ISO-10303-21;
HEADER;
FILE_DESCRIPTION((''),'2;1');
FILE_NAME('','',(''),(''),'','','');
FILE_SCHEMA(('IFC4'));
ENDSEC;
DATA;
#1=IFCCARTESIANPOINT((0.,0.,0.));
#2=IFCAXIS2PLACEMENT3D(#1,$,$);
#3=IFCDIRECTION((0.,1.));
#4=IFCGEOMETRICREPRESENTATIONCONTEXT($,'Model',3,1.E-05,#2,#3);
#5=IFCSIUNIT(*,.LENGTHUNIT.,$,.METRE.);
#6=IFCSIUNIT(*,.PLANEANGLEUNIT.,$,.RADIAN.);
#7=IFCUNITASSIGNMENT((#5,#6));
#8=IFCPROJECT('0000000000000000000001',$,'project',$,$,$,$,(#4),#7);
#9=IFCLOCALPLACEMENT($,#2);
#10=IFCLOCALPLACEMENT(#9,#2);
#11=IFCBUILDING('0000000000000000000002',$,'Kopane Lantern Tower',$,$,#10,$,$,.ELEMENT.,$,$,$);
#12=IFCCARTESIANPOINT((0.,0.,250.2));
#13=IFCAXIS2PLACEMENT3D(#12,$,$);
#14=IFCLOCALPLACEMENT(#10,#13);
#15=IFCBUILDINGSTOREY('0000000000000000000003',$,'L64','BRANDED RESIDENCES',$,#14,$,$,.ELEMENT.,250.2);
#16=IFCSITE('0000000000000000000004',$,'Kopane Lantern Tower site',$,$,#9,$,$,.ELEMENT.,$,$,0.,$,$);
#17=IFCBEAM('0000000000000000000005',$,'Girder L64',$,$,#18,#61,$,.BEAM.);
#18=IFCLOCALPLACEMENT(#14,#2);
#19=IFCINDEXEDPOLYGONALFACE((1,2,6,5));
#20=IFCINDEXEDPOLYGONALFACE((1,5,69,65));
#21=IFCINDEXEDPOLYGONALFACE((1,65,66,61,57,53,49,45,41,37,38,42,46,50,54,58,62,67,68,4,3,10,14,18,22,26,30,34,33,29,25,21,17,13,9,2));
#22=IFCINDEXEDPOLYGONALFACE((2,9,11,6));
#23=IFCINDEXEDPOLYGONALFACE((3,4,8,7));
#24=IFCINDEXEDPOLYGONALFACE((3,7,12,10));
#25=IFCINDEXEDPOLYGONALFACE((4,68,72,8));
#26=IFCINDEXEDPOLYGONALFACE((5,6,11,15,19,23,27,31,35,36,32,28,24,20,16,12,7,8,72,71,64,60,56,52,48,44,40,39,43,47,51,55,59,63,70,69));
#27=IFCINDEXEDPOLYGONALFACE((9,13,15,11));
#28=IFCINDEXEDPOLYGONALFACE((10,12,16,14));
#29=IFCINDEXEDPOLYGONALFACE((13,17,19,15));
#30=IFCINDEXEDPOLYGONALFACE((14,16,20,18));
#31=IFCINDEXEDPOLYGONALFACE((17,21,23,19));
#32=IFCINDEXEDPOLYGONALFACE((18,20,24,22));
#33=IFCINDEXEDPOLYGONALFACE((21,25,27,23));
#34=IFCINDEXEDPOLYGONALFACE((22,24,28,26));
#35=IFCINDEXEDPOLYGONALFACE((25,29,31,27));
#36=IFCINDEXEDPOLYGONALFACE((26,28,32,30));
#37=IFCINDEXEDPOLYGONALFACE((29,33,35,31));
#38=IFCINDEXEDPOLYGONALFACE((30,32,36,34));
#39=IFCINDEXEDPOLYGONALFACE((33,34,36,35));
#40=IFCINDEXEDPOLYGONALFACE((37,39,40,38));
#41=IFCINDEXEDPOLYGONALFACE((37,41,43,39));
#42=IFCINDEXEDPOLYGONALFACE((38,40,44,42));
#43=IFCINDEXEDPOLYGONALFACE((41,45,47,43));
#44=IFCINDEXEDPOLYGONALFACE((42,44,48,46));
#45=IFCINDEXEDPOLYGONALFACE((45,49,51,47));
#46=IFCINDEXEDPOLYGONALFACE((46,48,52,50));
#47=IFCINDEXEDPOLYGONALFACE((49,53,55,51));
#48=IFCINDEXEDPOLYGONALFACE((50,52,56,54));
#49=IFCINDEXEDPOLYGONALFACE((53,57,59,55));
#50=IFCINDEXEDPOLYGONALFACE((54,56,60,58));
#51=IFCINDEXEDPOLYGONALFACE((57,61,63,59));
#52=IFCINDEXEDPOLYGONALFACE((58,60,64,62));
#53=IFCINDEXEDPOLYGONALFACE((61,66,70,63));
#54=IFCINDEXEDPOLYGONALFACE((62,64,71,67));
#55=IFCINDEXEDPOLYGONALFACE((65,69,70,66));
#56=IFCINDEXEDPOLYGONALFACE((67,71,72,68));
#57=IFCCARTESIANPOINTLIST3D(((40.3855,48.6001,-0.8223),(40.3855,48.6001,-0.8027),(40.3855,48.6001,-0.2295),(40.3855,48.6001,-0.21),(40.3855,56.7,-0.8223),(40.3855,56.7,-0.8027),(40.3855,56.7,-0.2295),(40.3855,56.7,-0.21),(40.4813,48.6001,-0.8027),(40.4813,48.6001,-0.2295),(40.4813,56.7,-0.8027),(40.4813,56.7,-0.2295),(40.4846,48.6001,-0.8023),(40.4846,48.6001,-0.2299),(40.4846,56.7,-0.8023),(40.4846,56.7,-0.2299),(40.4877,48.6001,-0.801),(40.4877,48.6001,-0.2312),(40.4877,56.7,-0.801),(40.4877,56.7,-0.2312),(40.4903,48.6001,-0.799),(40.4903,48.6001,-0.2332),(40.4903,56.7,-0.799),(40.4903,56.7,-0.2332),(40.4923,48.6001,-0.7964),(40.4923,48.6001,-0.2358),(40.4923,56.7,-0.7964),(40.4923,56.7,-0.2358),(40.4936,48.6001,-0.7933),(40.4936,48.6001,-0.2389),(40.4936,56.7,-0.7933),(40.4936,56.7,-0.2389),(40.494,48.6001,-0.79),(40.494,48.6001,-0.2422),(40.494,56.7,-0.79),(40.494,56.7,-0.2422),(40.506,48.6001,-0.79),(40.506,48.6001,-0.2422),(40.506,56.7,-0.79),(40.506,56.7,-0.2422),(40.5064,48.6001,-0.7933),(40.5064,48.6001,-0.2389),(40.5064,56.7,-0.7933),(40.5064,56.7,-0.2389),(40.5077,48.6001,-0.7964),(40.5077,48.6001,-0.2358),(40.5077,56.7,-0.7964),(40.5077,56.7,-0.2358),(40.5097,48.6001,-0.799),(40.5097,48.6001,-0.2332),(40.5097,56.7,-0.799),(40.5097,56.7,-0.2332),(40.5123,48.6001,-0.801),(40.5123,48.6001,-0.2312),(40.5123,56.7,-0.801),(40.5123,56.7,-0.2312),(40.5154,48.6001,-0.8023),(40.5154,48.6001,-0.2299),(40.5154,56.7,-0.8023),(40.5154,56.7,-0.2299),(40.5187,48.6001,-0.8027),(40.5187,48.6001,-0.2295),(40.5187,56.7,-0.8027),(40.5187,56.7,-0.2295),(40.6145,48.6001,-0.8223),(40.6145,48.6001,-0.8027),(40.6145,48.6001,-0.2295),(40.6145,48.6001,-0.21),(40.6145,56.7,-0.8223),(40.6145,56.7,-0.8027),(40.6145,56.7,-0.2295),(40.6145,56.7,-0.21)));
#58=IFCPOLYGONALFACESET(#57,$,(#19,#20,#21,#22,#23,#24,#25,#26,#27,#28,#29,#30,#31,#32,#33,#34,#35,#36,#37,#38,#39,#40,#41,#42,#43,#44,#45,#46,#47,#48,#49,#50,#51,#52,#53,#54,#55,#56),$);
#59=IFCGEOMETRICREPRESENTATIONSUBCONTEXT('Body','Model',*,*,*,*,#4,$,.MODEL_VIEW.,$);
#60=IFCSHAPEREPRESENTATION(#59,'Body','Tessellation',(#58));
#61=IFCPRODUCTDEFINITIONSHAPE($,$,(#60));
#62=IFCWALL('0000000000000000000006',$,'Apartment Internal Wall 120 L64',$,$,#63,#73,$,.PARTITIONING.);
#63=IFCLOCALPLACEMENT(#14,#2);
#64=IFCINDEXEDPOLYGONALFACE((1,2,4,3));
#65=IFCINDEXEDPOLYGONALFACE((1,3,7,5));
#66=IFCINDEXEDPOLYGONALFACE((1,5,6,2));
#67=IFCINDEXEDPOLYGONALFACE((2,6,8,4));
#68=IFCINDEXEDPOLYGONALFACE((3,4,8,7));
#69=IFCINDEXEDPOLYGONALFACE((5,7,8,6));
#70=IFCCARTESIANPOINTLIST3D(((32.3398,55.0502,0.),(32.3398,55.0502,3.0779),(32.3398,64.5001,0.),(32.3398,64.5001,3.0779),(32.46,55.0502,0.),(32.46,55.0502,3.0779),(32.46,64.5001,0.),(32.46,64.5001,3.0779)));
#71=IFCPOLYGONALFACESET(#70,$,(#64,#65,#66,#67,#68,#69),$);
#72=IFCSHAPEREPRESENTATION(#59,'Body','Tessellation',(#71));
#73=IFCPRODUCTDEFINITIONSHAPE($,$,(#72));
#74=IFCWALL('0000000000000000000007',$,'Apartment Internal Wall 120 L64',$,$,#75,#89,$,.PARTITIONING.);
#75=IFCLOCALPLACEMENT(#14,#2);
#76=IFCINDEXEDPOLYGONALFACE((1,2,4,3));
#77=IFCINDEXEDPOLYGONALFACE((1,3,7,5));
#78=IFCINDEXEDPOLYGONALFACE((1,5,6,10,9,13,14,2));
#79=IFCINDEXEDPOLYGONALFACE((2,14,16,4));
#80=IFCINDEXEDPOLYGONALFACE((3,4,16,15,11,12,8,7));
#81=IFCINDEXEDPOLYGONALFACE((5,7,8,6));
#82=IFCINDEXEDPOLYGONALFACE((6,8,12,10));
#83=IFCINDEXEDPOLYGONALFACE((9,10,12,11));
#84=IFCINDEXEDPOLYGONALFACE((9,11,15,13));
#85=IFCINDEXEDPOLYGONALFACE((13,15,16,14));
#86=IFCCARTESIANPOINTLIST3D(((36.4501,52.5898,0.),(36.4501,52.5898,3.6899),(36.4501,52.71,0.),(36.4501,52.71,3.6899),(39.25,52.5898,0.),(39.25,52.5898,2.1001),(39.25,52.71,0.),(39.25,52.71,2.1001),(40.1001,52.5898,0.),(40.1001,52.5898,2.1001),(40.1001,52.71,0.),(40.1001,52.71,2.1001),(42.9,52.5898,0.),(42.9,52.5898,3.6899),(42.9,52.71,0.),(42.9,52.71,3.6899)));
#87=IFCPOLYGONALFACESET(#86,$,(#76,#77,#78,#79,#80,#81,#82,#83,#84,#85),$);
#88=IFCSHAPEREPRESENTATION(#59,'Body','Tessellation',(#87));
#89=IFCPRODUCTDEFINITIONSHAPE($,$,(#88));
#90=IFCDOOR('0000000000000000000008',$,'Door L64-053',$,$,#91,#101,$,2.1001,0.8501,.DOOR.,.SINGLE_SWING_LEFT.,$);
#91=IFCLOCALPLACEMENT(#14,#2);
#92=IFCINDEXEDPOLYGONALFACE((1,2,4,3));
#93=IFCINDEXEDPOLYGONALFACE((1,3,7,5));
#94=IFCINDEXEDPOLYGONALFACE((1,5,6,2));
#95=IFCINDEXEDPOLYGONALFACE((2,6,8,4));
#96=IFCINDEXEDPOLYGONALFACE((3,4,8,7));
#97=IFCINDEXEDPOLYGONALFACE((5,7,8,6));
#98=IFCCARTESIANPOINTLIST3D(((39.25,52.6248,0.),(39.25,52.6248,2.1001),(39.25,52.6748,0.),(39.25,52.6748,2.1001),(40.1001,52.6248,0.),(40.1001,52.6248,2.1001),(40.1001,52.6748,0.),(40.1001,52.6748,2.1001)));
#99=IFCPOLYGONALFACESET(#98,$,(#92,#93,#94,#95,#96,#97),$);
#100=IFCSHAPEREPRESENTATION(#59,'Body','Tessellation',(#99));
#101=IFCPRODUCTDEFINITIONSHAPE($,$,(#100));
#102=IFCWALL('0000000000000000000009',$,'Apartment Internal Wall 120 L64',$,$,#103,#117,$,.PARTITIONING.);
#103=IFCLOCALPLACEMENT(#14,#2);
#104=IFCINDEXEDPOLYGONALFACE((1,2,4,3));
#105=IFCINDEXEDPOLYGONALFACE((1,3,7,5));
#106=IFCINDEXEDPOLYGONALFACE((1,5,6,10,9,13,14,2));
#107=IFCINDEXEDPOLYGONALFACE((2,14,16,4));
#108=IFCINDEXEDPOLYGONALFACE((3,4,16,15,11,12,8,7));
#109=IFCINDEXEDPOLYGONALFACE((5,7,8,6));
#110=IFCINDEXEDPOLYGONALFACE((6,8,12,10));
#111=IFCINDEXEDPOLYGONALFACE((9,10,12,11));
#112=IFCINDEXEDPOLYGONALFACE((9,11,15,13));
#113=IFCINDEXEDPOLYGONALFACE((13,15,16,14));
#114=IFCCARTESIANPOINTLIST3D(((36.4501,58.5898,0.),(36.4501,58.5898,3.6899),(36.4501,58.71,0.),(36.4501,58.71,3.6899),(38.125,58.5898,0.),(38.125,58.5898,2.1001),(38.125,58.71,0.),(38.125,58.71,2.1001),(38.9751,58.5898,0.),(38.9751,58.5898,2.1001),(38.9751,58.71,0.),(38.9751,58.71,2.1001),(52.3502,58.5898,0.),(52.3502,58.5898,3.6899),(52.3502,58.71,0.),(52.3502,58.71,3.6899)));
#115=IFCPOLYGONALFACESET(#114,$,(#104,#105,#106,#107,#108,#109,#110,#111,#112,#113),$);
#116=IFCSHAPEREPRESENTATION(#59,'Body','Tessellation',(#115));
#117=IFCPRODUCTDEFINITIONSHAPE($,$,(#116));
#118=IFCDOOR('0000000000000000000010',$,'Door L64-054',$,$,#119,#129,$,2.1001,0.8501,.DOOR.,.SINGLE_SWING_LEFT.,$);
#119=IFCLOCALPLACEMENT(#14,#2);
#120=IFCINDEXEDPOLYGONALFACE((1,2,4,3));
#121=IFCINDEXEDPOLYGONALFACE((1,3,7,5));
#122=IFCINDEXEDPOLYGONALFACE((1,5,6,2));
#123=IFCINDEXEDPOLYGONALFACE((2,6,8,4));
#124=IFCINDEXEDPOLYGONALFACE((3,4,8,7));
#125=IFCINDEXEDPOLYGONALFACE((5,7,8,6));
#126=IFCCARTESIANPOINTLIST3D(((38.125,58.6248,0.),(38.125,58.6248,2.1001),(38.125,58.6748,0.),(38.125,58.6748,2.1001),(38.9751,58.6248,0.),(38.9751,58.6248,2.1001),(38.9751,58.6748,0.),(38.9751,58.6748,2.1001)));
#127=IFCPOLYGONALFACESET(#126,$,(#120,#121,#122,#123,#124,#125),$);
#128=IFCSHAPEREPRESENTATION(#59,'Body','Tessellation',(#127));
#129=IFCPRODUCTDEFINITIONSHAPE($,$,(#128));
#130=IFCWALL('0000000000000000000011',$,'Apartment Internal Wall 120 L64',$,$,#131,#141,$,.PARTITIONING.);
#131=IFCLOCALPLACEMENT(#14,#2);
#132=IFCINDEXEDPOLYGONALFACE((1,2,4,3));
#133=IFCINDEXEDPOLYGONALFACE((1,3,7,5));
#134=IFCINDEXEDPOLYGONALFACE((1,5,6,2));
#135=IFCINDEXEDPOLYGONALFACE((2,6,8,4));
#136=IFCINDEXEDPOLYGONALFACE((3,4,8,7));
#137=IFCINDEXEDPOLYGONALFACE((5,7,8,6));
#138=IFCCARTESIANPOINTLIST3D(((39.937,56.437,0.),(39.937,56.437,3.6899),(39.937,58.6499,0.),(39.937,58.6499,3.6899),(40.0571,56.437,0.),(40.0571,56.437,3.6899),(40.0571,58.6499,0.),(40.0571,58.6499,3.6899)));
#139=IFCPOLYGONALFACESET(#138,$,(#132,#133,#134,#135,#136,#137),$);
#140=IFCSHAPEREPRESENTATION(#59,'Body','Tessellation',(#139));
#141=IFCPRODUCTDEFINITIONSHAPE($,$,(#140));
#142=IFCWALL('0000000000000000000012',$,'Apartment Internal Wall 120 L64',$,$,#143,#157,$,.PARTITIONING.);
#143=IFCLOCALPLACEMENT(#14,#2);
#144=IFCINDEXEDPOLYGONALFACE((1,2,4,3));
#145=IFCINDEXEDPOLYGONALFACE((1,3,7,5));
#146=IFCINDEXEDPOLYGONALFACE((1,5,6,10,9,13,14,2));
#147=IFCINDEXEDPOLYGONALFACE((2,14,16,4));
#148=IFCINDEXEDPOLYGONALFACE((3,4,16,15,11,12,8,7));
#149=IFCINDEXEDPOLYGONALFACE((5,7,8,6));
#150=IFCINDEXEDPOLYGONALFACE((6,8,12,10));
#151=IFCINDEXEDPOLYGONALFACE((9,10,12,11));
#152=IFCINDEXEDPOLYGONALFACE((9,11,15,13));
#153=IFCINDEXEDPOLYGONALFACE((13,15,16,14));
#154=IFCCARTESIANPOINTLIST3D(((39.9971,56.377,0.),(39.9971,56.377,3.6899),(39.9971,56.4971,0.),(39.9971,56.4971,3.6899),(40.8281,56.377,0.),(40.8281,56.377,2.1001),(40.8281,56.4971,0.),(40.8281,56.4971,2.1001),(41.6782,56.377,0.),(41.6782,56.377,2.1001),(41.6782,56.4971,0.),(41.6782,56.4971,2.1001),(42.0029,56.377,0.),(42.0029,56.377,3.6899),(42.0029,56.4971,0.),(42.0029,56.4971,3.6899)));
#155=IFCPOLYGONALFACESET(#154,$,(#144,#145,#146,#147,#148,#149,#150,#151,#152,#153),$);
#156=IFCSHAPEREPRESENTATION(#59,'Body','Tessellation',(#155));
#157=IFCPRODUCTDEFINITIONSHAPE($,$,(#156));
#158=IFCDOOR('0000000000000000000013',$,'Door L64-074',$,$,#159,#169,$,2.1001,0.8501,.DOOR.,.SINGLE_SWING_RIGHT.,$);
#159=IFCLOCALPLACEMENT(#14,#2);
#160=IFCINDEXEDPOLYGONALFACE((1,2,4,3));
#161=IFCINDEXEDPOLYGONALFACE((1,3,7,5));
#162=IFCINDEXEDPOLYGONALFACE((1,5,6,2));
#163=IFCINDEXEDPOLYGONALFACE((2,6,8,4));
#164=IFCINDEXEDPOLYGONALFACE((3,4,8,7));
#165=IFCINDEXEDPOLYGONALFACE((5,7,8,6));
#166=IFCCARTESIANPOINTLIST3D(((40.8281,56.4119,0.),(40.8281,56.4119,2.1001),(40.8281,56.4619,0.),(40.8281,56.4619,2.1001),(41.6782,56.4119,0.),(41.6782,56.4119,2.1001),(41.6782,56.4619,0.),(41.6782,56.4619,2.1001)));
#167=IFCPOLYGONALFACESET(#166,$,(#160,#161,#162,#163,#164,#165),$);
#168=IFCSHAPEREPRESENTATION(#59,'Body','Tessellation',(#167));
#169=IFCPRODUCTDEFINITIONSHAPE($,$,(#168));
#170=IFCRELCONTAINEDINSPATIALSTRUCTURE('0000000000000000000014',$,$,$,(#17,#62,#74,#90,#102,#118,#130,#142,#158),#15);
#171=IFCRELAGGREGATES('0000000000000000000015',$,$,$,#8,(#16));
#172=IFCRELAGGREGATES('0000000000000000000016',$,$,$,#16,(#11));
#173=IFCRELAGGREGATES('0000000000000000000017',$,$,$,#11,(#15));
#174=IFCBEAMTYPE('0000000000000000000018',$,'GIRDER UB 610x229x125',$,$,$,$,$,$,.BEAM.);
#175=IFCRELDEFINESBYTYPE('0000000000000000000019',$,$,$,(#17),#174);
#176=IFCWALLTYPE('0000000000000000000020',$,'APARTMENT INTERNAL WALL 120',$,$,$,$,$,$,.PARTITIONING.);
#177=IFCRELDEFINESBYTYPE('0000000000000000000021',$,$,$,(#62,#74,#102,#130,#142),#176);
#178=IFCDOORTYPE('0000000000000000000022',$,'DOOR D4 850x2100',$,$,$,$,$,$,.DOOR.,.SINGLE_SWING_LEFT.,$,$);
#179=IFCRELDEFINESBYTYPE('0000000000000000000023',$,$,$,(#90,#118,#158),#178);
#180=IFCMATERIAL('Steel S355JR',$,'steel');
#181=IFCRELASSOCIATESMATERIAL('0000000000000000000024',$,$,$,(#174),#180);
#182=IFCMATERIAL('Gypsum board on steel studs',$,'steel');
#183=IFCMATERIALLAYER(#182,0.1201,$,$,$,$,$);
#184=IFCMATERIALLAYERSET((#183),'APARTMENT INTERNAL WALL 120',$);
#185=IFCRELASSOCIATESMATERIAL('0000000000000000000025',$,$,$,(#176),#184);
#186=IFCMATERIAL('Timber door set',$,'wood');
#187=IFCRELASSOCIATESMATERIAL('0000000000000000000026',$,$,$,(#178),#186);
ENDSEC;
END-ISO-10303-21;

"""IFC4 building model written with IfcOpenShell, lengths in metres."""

from ifc_helpers import new_model, si_unit, direction, frame, frame_2d, origin, origin_2d, place, context, subcontext, project, spatial, rectangle, i_section, extrude, material, layer, layer_set, material_profile, profile_set, type_object, element, fill, save


model = new_model("IFC4")

# Units and contexts
model_context = context("Model", 3, precision=1e-05, world=origin(), true_north=direction((0.0, 1.0)))
body_context = subcontext(model_context, "Body", "Model", "MODEL_VIEW")
ifc_project = project(units=[si_unit("LENGTHUNIT", "METRE"), si_unit("PLANEANGLEUNIT", "RADIAN")], contexts=[model_context])

# Site, building, storey
site_placement = place(None, origin())
site = spatial("IfcSite", under=ifc_project, at=site_placement, Name="Kopane Lantern Tower site", CompositionType="ELEMENT", RefElevation=0.0)
building_placement = place(site_placement, origin())
building = spatial("IfcBuilding", under=site, at=building_placement, Name="Kopane Lantern Tower", CompositionType="ELEMENT")
storey_placement = place(building_placement, frame((0.0, 0.0, 250.2)))
storey = spatial("IfcBuildingStorey", under=building, at=storey_placement, Name="L64", Description="BRANDED RESIDENCES", CompositionType="ELEMENT", Elevation=250.2)

# Beam
ifc_material_1 = material(Name="Steel S355JR", Category="steel")
ifc_material_profile_1 = material_profile(ifc_material_1, i_section(OverallWidth=0.229, OverallDepth=0.6123, WebThickness=0.012, FlangeThickness=0.0195, FilletRadius=0.0127, at=origin_2d()), Name="UB 610x229x125")
ifc_profile_set_1 = profile_set([ifc_material_profile_1], Name="Steel S355JR")
beam_type = type_object("IfcBeamType", Name="GIRDER UB 610x229x125", PredefinedType="BEAM", material=ifc_profile_set_1)
beam_1_placement = place(storey_placement, frame((40.5, 48.6001, -0.5161), z_axis=(0.0, 1.0, 0.0), x_axis=(-1.0, 0.0, 0.0)))
element("IfcBeam", 1, at=beam_1_placement, inside=storey, type_object=beam_type, Name="Girder L64", PredefinedType="BEAM", context=body_context, shape_type="SweptSolid", body=[
    extrude(i_section(OverallWidth=0.229, OverallDepth=0.6123, WebThickness=0.012, FlangeThickness=0.0195, FilletRadius=0.0127, at=origin_2d()), origin(), (0.0, 0.0, 1.0), 8.0999),
])

# Wall
ifc_material_2 = material(Name="Gypsum board on steel studs", Category="steel")
ifc_layer_1 = layer(ifc_material_2, 0.1201)
ifc_layer_set_1 = layer_set([ifc_layer_1], Name="APARTMENT INTERNAL WALL 120")
wall_type_1 = type_object("IfcWallType", Name="APARTMENT INTERNAL WALL 120", PredefinedType="PARTITIONING", material=ifc_layer_set_1)
wall_1_placement = place(storey_placement, frame((32.3999, 55.05, 0.0), z_axis=(0.0, 0.0, 1.0), x_axis=(0.0, 1.0, 0.0)))
element("IfcWall", 2, at=wall_1_placement, inside=storey, type_object=wall_type_1, Name="Apartment Internal Wall 120 L64", PredefinedType="PARTITIONING", context=body_context, shape_type="SweptSolid", body=[
    extrude(rectangle(XDim=9.45, YDim=0.1201, at=frame_2d((4.7251, 0.0))), origin(), (0.0, 0.0, 1.0), 3.0779),
])

# Walls, openings, doors
wall_2_placement = place(storey_placement, frame((36.45, 52.6499, 0.0), z_axis=(0.0, 0.0, 1.0), x_axis=(1.0, 0.0, 0.0)))
wall_2 = element("IfcWall", 3, at=wall_2_placement, inside=storey, type_object=wall_type_1, Name="Apartment Internal Wall 120 L64", PredefinedType="PARTITIONING", context=body_context, shape_type="SweptSolid", body=[
    extrude(rectangle(XDim=6.45, YDim=0.1201, at=frame_2d((3.2251, 0.0))), origin(), (0.0, 0.0, 1.0), 3.6899),
])
opening_1_placement = place(wall_2_placement, frame((2.8, 0.0, 0.0)))
opening_1 = element("IfcOpeningElement", 4, at=opening_1_placement, cuts=wall_2, PredefinedType="OPENING", context=body_context, shape_type="SweptSolid", body=[
    extrude(rectangle(XDim=0.8501, YDim=2.1001, at=frame_2d((0.425, 1.05))), frame((0.0, 0.0701, 0.0), z_axis=(0.0, -1.0, 0.0), x_axis=(1.0, 0.0, 0.0)), (0.0, 0.0, 1.0), 0.1401),
])
ifc_material_3 = material(Name="Timber door set", Category="wood")
door_type_1 = type_object("IfcDoorType", Name="DOOR D4 850x2100", OperationType="SINGLE_SWING_LEFT", PredefinedType="DOOR", material=ifc_material_3)
door_1_placement = place(opening_1_placement, origin())
door_1 = element("IfcDoor", 5, at=door_1_placement, inside=storey, type_object=door_type_1, Name="Door L64-053", OperationType="SINGLE_SWING_LEFT", OverallHeight=2.1001, OverallWidth=0.8501, PredefinedType="DOOR", context=body_context, shape_type="SweptSolid", body=[
    extrude(rectangle(XDim=0.8501, YDim=2.1001, at=frame_2d((0.425, 1.05))), frame((0.0, 0.0249, 0.0), z_axis=(0.0, -1.0, 0.0), x_axis=(1.0, 0.0, 0.0)), (0.0, 0.0, 1.0), 0.05),
])
fill(opening_1, door_1)
wall_3_placement = place(storey_placement, frame((36.45, 58.6499, 0.0), z_axis=(0.0, 0.0, 1.0), x_axis=(1.0, 0.0, 0.0)))
wall_3 = element("IfcWall", 6, at=wall_3_placement, inside=storey, type_object=wall_type_1, Name="Apartment Internal Wall 120 L64", PredefinedType="PARTITIONING", context=body_context, shape_type="SweptSolid", body=[
    extrude(rectangle(XDim=15.9001, YDim=0.1201, at=frame_2d((7.9502, 0.0))), origin(), (0.0, 0.0, 1.0), 3.6899),
])
opening_2_placement = place(wall_3_placement, frame((1.675, 0.0, 0.0)))
opening_2 = element("IfcOpeningElement", 7, at=opening_2_placement, cuts=wall_3, PredefinedType="OPENING", context=body_context, shape_type="SweptSolid", body=[
    extrude(rectangle(XDim=0.8501, YDim=2.1001, at=frame_2d((0.425, 1.05))), frame((0.0, 0.0701, 0.0), z_axis=(0.0, -1.0, 0.0), x_axis=(1.0, 0.0, 0.0)), (0.0, 0.0, 1.0), 0.1401),
])
door_2_placement = place(opening_2_placement, origin())
door_2 = element("IfcDoor", 8, at=door_2_placement, inside=storey, type_object=door_type_1, Name="Door L64-054", OperationType="SINGLE_SWING_LEFT", OverallHeight=2.1001, OverallWidth=0.8501, PredefinedType="DOOR", context=body_context, shape_type="SweptSolid", body=[
    extrude(rectangle(XDim=0.8501, YDim=2.1001, at=frame_2d((0.425, 1.05))), frame((0.0, 0.0249, 0.0), z_axis=(0.0, -1.0, 0.0), x_axis=(1.0, 0.0, 0.0)), (0.0, 0.0, 1.0), 0.05),
])
fill(opening_2, door_2)

# Wall
wall_4_placement = place(storey_placement, frame((39.9971, 58.6499, 0.0), z_axis=(0.0, 0.0, 1.0), x_axis=(0.0, -1.0, 0.0)))
element("IfcWall", 9, at=wall_4_placement, inside=storey, type_object=wall_type_1, Name="Apartment Internal Wall 120 L64", PredefinedType="PARTITIONING", context=body_context, shape_type="SweptSolid", body=[
    extrude(rectangle(XDim=2.2129, YDim=0.1201, at=frame_2d((1.1064, 0.0))), origin(), (0.0, 0.0, 1.0), 3.6899),
])

# Wall, opening, door
wall_5_placement = place(storey_placement, frame((39.9971, 56.437, 0.0), z_axis=(0.0, 0.0, 1.0), x_axis=(1.0, 0.0, 0.0)))
wall_5 = element("IfcWall", 10, at=wall_5_placement, inside=storey, type_object=wall_type_1, Name="Apartment Internal Wall 120 L64", PredefinedType="PARTITIONING", context=body_context, shape_type="SweptSolid", body=[
    extrude(rectangle(XDim=2.0059, YDim=0.1201, at=frame_2d((1.0029, 0.0))), origin(), (0.0, 0.0, 1.0), 3.6899),
])
opening_3_placement = place(wall_5_placement, frame((0.8311, 0.0, 0.0)))
opening_3 = element("IfcOpeningElement", 11, at=opening_3_placement, cuts=wall_5, PredefinedType="OPENING", context=body_context, shape_type="SweptSolid", body=[
    extrude(rectangle(XDim=0.8501, YDim=2.1001, at=frame_2d((0.425, 1.05))), frame((0.0, 0.0701, 0.0), z_axis=(0.0, -1.0, 0.0), x_axis=(1.0, 0.0, 0.0)), (0.0, 0.0, 1.0), 0.1401),
])
door_3_placement = place(opening_3_placement, origin())
door_3 = element("IfcDoor", 12, at=door_3_placement, inside=storey, type_object=door_type_1, Name="Door L64-074", OperationType="SINGLE_SWING_RIGHT", OverallHeight=2.1001, OverallWidth=0.8501, PredefinedType="DOOR", context=body_context, shape_type="SweptSolid", body=[
    extrude(rectangle(XDim=0.8501, YDim=2.1001, at=frame_2d((0.425, 1.05))), frame((0.0, 0.0249, 0.0), z_axis=(0.0, -1.0, 0.0), x_axis=(1.0, 0.0, 0.0)), (0.0, 0.0, 1.0), 0.05),
])
fill(opening_3, door_3)

save(model, "model.ifc")
